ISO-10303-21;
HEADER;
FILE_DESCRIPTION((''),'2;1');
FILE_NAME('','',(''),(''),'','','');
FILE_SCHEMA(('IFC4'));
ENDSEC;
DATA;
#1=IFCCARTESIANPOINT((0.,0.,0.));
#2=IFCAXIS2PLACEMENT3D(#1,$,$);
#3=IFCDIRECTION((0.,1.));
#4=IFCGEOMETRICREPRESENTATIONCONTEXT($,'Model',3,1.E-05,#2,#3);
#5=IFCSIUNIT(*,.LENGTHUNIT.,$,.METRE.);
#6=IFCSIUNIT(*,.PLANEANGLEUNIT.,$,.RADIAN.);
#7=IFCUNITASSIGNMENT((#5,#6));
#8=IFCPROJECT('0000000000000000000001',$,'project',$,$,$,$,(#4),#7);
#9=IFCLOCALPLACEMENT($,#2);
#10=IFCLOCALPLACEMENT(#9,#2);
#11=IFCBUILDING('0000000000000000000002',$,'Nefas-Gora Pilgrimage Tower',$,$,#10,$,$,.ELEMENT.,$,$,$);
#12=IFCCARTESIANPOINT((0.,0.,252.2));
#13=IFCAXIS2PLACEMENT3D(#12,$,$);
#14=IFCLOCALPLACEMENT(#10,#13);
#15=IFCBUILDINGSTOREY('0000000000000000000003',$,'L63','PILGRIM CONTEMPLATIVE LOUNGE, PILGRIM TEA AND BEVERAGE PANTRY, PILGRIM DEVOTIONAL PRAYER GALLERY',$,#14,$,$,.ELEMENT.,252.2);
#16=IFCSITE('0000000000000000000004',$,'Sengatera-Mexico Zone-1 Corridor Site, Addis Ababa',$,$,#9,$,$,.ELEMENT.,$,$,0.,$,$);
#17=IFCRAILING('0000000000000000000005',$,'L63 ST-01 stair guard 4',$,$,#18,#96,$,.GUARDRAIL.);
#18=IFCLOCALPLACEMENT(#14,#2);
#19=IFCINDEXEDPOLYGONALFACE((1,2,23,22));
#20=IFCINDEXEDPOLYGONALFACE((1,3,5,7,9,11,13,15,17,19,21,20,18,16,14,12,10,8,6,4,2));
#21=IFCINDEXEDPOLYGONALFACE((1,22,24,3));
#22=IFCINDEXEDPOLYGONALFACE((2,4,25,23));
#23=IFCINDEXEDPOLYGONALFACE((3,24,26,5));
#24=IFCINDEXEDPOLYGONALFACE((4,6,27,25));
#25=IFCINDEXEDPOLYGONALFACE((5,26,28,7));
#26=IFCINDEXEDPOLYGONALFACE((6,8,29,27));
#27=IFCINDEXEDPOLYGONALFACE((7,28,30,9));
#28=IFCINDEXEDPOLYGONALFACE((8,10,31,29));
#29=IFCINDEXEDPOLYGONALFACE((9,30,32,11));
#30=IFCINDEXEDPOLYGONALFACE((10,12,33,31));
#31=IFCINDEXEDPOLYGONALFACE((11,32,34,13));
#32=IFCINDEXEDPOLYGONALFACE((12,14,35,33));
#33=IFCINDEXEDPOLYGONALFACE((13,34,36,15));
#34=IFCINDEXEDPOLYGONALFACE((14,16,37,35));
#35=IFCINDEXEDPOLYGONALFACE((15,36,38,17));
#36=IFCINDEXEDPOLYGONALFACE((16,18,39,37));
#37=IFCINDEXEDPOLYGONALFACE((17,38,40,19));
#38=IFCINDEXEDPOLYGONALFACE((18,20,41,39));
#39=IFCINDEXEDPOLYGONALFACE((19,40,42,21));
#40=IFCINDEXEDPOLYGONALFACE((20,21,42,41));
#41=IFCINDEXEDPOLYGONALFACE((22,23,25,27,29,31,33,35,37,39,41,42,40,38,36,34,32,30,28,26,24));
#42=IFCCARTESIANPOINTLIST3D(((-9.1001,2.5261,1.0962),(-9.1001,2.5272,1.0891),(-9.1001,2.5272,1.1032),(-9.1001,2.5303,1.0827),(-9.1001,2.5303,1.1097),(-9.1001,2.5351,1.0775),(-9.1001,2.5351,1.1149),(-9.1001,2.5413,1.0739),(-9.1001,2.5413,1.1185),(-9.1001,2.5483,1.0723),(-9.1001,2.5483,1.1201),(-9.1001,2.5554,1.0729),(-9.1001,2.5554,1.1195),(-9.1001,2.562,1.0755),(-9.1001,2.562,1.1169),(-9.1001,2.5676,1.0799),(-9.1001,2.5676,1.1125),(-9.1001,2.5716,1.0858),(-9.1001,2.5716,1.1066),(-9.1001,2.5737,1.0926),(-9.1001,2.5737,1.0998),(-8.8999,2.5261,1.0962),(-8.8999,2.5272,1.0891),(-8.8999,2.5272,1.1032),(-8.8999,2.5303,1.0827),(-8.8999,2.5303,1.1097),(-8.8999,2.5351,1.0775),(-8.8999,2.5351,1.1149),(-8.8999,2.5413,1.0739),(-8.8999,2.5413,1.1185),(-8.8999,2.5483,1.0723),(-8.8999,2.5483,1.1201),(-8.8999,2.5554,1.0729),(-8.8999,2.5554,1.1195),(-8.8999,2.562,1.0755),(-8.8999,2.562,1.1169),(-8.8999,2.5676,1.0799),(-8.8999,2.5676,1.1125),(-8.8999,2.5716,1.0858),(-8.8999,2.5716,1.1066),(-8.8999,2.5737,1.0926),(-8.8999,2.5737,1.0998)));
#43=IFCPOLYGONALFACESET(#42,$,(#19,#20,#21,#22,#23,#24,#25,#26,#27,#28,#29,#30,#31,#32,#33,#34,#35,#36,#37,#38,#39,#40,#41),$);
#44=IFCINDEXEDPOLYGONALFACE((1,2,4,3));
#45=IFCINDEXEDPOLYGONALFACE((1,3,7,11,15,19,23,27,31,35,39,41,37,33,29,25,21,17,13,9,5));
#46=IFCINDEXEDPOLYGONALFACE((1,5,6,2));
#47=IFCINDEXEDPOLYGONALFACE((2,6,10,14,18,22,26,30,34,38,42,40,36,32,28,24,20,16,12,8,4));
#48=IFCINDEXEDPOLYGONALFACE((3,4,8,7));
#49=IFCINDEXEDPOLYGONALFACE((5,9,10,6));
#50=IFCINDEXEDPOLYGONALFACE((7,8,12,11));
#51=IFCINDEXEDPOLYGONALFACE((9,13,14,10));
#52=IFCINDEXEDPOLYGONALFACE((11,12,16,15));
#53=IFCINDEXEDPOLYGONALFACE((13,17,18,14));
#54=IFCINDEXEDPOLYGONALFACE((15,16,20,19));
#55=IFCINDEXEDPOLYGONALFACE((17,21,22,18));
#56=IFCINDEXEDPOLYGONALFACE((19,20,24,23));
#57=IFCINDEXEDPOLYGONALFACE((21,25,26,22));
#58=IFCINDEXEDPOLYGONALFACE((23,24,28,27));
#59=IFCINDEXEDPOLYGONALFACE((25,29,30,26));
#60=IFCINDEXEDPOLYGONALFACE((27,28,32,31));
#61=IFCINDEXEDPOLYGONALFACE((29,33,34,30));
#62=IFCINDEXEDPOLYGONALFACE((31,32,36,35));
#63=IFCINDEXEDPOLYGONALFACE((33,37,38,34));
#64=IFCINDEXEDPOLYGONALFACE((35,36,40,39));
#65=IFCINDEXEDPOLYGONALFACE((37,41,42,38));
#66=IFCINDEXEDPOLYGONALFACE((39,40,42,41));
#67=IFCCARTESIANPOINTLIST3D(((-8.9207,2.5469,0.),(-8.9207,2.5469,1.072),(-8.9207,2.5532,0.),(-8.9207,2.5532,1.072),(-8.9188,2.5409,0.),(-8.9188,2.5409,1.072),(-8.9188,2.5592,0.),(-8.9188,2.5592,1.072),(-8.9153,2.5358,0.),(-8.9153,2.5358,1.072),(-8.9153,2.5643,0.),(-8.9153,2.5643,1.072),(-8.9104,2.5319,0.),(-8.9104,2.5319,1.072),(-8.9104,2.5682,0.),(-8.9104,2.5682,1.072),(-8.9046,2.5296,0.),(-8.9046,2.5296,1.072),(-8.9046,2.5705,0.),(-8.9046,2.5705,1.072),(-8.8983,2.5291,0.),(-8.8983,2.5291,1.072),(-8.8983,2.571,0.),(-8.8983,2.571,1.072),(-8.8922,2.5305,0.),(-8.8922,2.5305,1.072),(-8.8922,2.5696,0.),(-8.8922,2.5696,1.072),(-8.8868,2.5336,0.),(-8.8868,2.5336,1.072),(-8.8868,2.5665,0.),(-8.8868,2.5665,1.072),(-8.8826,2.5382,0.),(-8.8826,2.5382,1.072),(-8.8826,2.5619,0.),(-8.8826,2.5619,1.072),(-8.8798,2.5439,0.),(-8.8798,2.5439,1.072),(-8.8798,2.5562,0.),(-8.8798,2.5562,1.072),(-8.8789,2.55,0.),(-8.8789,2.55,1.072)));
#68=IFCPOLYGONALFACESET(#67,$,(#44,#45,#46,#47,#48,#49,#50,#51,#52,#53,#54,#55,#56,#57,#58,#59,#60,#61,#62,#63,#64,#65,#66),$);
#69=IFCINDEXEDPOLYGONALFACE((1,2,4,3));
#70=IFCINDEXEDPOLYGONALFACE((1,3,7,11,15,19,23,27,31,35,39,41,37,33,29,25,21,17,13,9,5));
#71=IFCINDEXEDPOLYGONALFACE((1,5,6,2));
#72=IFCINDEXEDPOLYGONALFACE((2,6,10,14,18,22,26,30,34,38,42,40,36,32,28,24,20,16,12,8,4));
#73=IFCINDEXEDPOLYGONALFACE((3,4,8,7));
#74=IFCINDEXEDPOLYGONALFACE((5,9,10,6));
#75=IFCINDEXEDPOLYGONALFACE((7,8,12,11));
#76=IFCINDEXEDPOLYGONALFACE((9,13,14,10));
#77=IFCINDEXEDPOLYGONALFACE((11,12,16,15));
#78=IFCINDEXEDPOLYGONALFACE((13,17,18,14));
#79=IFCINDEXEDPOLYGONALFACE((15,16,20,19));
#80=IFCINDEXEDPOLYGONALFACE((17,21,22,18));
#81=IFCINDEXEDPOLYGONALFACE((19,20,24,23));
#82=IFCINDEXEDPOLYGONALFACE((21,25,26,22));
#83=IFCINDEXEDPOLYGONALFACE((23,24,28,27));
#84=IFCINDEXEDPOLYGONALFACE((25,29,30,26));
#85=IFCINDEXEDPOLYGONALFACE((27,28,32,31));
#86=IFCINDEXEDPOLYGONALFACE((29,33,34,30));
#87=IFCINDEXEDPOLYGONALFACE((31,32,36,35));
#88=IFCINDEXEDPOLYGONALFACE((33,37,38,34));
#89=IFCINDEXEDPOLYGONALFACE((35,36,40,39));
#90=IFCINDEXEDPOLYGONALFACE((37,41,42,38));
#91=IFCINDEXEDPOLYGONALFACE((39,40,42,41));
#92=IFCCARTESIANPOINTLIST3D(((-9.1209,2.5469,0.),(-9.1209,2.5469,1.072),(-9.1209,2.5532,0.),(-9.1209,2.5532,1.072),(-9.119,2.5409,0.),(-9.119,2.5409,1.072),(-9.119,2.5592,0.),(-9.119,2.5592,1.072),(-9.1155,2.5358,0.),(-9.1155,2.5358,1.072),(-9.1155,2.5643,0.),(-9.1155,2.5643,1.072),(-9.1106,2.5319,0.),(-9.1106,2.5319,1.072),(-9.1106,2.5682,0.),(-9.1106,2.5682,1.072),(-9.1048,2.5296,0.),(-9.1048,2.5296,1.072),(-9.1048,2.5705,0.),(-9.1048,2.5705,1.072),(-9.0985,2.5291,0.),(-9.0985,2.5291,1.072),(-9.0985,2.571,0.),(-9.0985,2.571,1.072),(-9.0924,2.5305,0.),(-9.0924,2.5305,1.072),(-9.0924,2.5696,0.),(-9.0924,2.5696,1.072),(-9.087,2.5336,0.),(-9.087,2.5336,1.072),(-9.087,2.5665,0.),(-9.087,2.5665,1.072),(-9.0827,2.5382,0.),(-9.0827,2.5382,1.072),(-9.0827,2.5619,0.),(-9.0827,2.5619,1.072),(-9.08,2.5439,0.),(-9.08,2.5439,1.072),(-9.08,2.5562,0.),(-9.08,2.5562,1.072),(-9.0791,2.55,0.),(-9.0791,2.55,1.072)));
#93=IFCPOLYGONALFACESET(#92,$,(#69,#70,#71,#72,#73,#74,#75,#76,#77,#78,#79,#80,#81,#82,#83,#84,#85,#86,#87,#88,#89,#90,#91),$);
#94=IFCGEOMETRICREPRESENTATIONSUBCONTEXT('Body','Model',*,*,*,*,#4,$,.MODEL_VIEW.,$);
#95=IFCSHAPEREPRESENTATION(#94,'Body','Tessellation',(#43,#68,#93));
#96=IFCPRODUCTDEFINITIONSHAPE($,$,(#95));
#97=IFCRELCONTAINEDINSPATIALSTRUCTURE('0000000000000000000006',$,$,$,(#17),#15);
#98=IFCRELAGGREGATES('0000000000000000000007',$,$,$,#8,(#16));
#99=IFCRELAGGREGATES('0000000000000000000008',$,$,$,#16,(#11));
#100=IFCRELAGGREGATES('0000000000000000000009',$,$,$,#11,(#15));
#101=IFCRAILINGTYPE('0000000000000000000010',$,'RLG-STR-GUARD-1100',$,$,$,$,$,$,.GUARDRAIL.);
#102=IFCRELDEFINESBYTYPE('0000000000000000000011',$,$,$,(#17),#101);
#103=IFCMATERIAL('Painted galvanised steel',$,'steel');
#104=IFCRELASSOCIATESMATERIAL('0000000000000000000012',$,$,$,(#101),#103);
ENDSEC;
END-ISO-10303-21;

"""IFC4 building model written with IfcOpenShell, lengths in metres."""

from ifc_helpers import new_model, si_unit, direction, frame, origin, origin_2d, place, context, subcontext, project, spatial, circle, extrude, material, type_object, element, save


model = new_model("IFC4")

# Units and contexts
model_context = context("Model", 3, precision=1e-05, world=origin(), true_north=direction((0.0, 1.0)))
body_context = subcontext(model_context, "Body", "Model", "MODEL_VIEW")
ifc_project = project(units=[si_unit("LENGTHUNIT", "METRE"), si_unit("PLANEANGLEUNIT", "RADIAN")], contexts=[model_context])

# Site, building, storey
site_placement = place(None, origin())
site = spatial("IfcSite", under=ifc_project, at=site_placement, Name="Sengatera-Mexico Zone-1 Corridor Site, Addis Ababa", CompositionType="ELEMENT", RefElevation=0.0)
building_placement = place(site_placement, origin())
building = spatial("IfcBuilding", under=site, at=building_placement, Name="Nefas-Gora Pilgrimage Tower", CompositionType="ELEMENT")
storey_placement = place(building_placement, frame((0.0, 0.0, 252.2)))
storey = spatial("IfcBuildingStorey", under=building, at=storey_placement, Name="L63", Description="PILGRIM CONTEMPLATIVE LOUNGE, PILGRIM TEA AND BEVERAGE PANTRY, PILGRIM DEVOTIONAL PRAYER GALLERY", CompositionType="ELEMENT", Elevation=252.2)

# Railing
ifc_material_1 = material(Name="Painted galvanised steel", Category="steel")
railing_type_1 = type_object("IfcRailingType", Name="RLG-STR-GUARD-1100", PredefinedType="GUARDRAIL", material=ifc_material_1)
railing_1_placement = place(storey_placement, frame((-8.8999, 2.55, 0.0)))
element("IfcRailing", 1, at=railing_1_placement, inside=storey, type_object=railing_type_1, Name="L63 ST-01 stair guard 4", PredefinedType="GUARDRAIL", context=body_context, shape_type="SweptSolid", body=[
    extrude(circle(Radius=0.0239, at=origin_2d()), frame((0.0, 0.0, 1.0962), z_axis=(-1.0, 0.0, 0.0), x_axis=(0.0, -1.0, 0.0)), (0.0, 0.0, 1.0), 0.2002),
    extrude(circle(Radius=0.021, at=origin_2d()), origin(), (0.0, 0.0, 1.0), 1.072),
    extrude(circle(Radius=0.021, at=origin_2d()), frame((-0.2002, 0.0, 0.0)), (0.0, 0.0, 1.0), 1.072),
])

save(model, "model.ifc")
